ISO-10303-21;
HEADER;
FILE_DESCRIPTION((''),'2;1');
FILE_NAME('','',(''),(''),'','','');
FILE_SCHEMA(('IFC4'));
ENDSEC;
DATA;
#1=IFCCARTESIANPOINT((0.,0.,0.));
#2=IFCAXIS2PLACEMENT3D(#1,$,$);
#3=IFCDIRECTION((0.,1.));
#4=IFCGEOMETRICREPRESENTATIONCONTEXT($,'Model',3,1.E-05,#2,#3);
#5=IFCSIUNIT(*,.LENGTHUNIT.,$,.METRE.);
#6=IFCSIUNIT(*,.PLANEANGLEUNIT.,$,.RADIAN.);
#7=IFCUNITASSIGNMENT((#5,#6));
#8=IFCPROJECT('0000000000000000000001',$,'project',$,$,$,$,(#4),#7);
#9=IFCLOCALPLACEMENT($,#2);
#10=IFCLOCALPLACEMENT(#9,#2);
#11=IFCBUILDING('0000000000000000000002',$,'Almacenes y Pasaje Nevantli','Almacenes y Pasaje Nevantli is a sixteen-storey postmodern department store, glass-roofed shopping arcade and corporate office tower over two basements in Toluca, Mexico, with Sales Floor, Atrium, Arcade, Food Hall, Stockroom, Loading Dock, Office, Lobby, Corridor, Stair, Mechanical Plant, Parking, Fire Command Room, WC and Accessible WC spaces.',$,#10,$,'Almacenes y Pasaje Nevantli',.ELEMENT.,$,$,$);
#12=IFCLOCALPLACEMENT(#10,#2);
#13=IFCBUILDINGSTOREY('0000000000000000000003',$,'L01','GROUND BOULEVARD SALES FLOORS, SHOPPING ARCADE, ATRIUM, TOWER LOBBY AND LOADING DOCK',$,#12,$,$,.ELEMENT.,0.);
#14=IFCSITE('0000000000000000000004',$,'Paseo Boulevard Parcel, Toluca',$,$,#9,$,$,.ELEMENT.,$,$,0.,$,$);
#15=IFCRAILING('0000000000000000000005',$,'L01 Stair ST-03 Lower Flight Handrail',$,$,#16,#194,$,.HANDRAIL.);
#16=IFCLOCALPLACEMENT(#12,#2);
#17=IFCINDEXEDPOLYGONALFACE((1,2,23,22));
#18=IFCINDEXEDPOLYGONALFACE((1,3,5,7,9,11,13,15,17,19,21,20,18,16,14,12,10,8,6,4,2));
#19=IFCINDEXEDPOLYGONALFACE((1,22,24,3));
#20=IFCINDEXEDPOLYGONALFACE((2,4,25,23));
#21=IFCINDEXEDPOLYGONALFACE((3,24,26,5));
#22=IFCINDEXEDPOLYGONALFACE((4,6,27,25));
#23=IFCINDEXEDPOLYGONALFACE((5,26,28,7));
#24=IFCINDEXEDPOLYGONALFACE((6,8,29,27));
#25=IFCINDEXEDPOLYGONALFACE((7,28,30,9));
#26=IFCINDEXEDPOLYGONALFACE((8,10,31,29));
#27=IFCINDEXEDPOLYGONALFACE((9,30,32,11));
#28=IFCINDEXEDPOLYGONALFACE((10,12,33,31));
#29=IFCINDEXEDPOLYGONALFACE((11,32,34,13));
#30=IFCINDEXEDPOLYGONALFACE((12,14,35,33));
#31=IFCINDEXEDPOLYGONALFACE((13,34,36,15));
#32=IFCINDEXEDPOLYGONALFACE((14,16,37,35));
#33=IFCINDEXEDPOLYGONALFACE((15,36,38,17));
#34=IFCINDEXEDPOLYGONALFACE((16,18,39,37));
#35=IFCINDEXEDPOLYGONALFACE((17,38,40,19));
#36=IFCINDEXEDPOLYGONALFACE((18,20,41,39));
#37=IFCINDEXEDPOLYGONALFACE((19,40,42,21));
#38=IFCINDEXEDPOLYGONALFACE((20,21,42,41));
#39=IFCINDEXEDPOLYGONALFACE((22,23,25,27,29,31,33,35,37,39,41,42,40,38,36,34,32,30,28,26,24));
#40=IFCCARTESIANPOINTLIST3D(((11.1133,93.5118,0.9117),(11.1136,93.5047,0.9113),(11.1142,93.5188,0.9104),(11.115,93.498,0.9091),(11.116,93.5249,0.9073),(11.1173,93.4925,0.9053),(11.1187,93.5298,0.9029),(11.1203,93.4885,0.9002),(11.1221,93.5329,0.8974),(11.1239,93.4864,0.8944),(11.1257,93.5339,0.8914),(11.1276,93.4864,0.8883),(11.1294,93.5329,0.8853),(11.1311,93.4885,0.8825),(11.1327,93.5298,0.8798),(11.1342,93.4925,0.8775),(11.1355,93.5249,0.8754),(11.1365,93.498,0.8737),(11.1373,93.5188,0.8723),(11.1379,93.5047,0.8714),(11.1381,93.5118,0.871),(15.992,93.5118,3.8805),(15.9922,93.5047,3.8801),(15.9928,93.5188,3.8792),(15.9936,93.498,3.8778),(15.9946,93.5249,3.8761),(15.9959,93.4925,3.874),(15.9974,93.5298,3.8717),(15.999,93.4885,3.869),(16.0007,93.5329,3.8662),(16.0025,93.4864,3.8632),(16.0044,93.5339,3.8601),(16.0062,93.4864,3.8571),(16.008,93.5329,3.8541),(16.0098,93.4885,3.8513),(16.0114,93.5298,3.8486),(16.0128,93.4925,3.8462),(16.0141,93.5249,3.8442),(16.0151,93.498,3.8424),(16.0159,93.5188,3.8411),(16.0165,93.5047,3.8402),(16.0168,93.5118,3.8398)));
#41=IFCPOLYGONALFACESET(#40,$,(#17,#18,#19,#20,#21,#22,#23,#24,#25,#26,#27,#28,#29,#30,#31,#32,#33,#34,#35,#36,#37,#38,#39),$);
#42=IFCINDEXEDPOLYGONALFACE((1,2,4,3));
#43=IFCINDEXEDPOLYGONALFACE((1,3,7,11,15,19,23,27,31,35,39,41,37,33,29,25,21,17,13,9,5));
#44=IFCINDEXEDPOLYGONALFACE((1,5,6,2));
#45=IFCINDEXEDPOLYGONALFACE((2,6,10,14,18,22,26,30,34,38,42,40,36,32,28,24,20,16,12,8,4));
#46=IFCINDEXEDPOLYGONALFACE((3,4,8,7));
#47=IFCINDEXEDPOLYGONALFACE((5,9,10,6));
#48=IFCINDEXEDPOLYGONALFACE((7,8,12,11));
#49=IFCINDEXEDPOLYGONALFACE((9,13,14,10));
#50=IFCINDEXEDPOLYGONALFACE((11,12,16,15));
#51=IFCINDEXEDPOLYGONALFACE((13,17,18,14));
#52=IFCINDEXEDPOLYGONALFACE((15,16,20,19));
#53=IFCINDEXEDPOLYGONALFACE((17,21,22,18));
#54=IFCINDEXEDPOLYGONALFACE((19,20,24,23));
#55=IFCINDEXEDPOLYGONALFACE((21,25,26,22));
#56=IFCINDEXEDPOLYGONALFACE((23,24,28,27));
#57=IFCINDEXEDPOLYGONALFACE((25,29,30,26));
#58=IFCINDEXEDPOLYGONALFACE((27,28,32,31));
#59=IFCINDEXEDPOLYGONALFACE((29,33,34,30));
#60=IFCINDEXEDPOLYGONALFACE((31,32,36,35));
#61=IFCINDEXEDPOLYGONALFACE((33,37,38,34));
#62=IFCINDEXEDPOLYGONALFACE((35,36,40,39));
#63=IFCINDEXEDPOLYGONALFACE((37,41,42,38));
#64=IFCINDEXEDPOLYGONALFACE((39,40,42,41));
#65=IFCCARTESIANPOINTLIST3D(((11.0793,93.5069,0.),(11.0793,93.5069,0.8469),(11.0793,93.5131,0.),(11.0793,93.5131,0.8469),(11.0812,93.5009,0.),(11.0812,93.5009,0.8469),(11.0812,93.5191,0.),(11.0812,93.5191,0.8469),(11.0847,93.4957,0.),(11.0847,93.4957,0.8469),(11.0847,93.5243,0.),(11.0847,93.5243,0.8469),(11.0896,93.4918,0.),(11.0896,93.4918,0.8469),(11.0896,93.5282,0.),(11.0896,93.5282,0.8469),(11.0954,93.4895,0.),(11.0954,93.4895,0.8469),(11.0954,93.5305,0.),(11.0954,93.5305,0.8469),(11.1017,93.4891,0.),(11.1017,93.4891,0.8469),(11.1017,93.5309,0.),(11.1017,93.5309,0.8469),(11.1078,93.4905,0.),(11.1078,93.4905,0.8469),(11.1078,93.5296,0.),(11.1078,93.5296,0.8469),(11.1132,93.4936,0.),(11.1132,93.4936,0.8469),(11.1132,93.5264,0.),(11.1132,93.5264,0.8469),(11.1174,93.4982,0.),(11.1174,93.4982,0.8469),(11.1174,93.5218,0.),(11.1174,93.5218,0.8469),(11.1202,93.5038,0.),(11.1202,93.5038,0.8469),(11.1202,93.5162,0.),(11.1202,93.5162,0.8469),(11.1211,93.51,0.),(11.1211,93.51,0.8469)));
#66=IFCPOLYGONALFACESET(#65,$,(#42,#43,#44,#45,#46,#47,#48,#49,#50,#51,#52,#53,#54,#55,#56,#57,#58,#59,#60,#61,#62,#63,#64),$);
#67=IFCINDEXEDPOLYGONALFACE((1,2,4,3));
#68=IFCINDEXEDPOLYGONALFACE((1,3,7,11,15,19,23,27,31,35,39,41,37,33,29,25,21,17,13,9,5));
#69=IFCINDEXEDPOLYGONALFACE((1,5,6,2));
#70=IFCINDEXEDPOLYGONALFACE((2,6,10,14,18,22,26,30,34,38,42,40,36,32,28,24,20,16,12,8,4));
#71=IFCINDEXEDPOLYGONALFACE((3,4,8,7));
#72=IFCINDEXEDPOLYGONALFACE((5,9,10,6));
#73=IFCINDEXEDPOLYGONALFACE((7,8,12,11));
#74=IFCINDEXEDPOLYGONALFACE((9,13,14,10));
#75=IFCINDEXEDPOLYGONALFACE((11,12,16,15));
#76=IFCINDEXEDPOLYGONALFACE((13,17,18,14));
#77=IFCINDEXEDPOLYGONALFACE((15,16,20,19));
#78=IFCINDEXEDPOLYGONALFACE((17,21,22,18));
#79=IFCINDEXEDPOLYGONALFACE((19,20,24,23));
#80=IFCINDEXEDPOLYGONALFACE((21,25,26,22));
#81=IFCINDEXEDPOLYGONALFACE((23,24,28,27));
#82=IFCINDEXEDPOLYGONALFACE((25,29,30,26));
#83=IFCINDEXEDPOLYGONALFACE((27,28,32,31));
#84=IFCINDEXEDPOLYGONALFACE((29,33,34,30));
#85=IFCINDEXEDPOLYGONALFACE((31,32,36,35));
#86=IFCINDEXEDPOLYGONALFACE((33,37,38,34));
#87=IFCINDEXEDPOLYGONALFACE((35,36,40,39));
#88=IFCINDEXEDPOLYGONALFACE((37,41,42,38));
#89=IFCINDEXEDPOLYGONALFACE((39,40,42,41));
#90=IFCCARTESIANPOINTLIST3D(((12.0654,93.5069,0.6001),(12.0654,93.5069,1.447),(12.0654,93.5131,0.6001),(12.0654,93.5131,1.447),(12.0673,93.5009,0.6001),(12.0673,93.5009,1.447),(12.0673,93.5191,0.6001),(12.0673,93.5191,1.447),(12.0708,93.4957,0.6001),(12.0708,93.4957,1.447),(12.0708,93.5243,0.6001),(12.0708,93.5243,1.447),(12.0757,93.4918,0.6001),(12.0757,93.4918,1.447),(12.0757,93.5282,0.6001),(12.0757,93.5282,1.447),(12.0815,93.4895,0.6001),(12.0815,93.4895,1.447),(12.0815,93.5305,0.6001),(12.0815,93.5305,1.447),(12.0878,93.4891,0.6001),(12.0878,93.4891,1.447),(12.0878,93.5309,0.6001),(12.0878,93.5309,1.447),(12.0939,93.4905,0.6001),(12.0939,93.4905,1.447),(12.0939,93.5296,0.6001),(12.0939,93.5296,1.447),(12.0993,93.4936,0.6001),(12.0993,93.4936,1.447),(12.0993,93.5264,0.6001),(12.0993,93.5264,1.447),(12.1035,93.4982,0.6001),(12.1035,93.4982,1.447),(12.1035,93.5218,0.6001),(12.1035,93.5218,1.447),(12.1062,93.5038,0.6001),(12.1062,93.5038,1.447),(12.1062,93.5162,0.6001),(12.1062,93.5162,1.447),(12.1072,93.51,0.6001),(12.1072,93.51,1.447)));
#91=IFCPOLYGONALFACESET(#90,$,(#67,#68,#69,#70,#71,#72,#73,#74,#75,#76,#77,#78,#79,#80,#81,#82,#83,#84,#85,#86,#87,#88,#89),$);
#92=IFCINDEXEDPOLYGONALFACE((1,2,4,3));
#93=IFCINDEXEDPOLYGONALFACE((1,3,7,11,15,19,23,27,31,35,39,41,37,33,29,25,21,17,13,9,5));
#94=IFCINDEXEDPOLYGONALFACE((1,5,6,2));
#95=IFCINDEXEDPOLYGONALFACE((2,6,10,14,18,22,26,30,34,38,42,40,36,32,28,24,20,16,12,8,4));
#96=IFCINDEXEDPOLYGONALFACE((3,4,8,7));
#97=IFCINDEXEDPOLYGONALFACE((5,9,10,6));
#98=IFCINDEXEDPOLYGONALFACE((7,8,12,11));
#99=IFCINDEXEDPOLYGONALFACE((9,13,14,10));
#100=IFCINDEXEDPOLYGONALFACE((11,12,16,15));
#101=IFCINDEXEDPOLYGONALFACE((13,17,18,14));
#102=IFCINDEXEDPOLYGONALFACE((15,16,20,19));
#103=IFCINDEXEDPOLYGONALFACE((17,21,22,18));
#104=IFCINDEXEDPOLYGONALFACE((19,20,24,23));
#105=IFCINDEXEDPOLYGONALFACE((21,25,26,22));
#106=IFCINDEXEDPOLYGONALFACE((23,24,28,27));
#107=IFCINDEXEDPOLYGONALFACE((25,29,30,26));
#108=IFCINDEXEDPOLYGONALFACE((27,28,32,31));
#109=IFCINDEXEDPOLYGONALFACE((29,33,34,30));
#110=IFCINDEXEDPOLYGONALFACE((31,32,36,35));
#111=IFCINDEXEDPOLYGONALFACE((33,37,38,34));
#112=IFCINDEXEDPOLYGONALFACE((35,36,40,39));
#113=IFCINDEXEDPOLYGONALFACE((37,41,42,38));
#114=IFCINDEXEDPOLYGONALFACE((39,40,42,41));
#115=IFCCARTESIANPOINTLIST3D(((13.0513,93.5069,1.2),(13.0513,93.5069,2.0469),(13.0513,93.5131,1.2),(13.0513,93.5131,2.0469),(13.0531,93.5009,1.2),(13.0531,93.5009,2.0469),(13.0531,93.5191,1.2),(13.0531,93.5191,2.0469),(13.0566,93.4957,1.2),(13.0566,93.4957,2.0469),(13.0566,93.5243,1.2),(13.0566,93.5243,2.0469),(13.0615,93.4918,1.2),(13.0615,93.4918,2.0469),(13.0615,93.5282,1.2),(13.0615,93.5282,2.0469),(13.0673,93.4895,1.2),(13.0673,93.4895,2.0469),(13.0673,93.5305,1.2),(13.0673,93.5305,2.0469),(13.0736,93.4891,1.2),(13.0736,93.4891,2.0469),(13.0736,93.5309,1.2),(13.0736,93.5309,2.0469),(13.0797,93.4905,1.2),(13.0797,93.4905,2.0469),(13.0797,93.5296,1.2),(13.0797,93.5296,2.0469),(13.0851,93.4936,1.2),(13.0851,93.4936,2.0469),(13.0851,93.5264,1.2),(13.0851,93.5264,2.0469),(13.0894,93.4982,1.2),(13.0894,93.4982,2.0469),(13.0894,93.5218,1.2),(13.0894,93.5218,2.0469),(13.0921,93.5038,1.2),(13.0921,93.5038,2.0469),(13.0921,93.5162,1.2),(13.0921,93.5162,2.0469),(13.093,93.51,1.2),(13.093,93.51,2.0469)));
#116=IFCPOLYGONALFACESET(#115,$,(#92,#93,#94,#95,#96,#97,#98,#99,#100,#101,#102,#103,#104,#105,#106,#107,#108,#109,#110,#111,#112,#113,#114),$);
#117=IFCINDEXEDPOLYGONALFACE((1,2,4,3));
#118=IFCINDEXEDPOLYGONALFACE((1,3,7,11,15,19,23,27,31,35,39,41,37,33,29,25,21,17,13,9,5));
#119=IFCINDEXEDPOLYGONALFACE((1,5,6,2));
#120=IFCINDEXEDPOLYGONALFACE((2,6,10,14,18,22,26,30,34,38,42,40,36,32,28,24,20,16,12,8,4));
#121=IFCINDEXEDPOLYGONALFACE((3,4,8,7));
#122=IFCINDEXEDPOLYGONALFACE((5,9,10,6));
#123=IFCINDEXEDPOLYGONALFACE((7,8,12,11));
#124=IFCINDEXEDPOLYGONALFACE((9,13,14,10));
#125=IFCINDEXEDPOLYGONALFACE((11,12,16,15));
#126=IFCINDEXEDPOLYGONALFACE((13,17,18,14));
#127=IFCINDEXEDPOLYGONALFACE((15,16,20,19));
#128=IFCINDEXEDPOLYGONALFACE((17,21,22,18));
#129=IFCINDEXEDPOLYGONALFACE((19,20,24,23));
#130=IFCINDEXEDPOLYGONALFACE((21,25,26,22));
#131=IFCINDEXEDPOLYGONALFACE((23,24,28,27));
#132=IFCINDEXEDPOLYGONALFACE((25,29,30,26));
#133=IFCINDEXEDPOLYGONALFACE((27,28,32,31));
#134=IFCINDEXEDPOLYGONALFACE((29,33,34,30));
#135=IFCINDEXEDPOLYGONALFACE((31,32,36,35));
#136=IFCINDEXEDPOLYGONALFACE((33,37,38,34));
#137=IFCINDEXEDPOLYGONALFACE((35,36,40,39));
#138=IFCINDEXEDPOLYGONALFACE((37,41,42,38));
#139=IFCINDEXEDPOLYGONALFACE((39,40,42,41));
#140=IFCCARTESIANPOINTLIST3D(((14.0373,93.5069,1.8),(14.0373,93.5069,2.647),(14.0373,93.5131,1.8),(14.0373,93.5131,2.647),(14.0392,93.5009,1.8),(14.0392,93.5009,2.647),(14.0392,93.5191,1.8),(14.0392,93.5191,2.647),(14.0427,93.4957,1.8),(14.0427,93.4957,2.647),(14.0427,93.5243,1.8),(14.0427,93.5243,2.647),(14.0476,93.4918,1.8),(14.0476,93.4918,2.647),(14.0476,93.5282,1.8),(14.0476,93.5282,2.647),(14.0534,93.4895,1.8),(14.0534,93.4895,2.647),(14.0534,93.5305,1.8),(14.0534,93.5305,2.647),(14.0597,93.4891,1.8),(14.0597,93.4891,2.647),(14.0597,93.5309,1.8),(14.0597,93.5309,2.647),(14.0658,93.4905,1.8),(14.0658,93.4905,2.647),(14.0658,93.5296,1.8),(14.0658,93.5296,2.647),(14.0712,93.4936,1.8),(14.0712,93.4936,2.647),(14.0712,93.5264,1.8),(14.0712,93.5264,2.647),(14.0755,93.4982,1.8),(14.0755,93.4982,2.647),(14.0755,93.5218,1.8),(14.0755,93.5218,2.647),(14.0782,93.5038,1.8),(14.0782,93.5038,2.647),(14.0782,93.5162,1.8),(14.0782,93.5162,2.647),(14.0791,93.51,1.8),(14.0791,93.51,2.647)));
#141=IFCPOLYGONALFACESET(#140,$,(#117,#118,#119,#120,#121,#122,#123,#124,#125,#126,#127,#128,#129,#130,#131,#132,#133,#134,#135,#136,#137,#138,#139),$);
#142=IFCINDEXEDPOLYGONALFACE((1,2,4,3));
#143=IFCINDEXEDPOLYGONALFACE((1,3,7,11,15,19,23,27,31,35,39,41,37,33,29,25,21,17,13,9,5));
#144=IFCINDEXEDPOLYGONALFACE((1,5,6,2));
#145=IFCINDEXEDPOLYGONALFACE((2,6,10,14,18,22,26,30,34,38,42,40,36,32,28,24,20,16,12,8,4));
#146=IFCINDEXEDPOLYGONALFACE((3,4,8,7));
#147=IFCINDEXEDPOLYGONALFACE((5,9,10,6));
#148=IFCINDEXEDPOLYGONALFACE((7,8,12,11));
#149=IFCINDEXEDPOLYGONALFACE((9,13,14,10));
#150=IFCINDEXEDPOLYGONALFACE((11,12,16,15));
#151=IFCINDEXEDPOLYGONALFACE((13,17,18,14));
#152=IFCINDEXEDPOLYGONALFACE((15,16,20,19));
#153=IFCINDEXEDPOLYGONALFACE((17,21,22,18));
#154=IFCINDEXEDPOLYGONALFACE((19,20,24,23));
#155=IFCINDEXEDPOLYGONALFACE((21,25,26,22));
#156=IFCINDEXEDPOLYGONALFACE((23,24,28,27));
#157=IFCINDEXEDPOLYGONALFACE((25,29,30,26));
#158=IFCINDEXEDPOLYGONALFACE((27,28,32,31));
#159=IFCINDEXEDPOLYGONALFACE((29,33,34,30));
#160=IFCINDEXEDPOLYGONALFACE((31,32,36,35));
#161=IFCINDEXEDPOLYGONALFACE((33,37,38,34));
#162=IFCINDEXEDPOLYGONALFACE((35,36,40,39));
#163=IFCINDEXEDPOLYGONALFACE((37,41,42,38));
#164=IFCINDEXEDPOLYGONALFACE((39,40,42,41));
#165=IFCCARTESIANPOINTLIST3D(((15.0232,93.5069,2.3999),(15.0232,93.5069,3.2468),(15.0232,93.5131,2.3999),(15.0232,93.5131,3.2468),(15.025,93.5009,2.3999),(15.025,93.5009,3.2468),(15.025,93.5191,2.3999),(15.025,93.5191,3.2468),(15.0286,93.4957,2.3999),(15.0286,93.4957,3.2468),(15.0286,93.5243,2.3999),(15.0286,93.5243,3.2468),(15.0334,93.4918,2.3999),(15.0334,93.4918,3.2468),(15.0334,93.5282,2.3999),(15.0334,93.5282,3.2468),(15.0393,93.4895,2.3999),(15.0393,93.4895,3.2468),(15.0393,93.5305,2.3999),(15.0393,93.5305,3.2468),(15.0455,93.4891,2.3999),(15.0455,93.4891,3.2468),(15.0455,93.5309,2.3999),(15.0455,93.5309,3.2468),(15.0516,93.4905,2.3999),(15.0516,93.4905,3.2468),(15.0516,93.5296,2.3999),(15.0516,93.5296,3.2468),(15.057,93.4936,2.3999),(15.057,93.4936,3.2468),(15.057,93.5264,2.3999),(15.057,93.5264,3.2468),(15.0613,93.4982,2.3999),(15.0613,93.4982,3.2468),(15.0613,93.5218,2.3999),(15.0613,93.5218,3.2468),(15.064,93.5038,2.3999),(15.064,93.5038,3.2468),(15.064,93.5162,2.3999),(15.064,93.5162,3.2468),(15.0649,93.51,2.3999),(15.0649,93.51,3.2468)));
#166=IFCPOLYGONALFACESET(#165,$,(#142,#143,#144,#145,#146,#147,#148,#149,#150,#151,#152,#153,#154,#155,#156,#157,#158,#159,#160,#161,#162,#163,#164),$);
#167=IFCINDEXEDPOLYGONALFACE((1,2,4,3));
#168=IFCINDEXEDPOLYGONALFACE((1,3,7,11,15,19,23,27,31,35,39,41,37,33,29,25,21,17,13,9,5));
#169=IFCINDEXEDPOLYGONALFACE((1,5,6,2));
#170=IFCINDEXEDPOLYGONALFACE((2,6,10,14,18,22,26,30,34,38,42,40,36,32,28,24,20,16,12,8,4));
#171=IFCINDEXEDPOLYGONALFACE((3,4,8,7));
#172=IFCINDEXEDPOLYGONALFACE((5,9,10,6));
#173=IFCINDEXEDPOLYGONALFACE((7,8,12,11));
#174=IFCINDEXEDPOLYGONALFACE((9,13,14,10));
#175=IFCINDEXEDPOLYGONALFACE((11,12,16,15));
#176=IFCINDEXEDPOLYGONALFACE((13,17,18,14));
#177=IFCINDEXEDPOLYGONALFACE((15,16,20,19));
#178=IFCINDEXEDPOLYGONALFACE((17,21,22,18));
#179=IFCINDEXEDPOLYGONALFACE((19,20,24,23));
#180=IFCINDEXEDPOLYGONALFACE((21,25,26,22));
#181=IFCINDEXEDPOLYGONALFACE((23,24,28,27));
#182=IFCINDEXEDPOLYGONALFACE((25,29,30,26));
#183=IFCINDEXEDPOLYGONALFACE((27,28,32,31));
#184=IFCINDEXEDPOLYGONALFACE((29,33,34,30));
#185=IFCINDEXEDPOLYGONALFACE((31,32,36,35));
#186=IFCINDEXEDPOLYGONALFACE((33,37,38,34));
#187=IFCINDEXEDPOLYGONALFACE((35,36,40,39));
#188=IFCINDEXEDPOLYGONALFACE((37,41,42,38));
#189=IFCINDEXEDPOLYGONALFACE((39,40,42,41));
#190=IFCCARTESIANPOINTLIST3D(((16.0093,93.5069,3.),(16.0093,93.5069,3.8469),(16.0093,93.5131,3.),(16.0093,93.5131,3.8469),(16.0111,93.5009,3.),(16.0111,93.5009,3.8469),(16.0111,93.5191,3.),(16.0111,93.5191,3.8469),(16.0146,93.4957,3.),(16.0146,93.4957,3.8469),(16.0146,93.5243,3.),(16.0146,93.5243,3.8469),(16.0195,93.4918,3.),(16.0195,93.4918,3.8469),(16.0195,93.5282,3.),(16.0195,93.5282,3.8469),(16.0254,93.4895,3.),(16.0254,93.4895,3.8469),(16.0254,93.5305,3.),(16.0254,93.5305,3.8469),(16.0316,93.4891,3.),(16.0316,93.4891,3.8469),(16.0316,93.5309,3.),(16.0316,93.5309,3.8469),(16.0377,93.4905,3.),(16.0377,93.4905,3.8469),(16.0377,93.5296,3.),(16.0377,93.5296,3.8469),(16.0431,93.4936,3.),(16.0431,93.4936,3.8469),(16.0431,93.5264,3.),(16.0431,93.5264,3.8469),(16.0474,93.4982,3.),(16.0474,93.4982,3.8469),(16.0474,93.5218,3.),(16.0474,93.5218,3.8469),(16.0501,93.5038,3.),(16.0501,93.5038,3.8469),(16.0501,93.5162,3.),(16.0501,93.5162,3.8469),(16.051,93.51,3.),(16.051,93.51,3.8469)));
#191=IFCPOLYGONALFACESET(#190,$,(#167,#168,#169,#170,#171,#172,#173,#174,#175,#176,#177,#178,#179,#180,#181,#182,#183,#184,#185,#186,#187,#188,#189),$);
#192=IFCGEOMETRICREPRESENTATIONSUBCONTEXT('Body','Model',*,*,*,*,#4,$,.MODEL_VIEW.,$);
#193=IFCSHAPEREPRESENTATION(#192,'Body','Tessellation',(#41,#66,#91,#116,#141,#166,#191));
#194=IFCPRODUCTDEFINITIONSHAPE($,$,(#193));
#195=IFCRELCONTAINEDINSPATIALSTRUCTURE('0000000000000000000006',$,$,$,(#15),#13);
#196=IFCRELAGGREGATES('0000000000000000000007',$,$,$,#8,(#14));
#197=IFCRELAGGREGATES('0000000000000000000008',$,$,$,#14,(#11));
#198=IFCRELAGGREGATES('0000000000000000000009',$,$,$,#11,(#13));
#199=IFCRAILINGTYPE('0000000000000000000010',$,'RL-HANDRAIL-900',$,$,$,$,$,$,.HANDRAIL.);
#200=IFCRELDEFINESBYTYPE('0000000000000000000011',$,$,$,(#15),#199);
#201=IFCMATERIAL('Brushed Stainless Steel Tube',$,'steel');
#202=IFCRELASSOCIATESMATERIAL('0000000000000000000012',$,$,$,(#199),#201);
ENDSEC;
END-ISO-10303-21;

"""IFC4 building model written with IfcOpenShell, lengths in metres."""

from ifc_helpers import new_model, si_unit, direction, frame, origin, origin_2d, place, context, subcontext, project, spatial, circle, extrude, material, type_object, element, save


model = new_model("IFC4")

# Units and contexts
model_context = context("Model", 3, precision=1e-05, world=origin(), true_north=direction((0.0, 1.0)))
body_context = subcontext(model_context, "Body", "Model", "MODEL_VIEW")
ifc_project = project(units=[si_unit("LENGTHUNIT", "METRE"), si_unit("PLANEANGLEUNIT", "RADIAN")], contexts=[model_context])

# Site, building, storey
site_placement = place(None, origin())
site = spatial("IfcSite", under=ifc_project, at=site_placement, Name="Paseo Boulevard Parcel, Toluca", CompositionType="ELEMENT", RefElevation=0.0)
building_placement = place(site_placement, origin())
building = spatial("IfcBuilding", under=site, at=building_placement, Name="Almacenes y Pasaje Nevantli", Description="Almacenes y Pasaje Nevantli is a sixteen-storey postmodern department store, glass-roofed shopping arcade and corporate office tower over two basements in Toluca, Mexico, with Sales Floor, Atrium, Arcade, Food Hall, Stockroom, Loading Dock, Office, Lobby, Corridor, Stair, Mechanical Plant, Parking, Fire Command Room, WC and Accessible WC spaces.", LongName="Almacenes y Pasaje Nevantli", CompositionType="ELEMENT")
storey_placement = place(building_placement, origin())
storey = spatial("IfcBuildingStorey", under=building, at=storey_placement, Name="L01", Description="GROUND BOULEVARD SALES FLOORS, SHOPPING ARCADE, ATRIUM, TOWER LOBBY AND LOADING DOCK", CompositionType="ELEMENT", Elevation=0.0)

# Railing
ifc_material_1 = material(Name="Brushed Stainless Steel Tube", Category="steel")
railing_type_1 = type_object("IfcRailingType", Name="RL-HANDRAIL-900", PredefinedType="HANDRAIL", material=ifc_material_1)
railing_1_placement = place(storey_placement, frame((11.1001, 93.51, 0.0)))
element("IfcRailing", 1, at=railing_1_placement, inside=storey, type_object=railing_type_1, Name="L01 Stair ST-03 Lower Flight Handrail", PredefinedType="HANDRAIL", context=body_context, shape_type="SweptSolid", body=[
    extrude(circle(Radius=0.0239, at=origin_2d()), frame((0.0256, 0.0, 0.8914), z_axis=(0.854262, 0.0, 0.519842), x_axis=(0.0, 1.0, 0.0)), (0.0, 0.0, 1.0), 5.7109),
    extrude(circle(Radius=0.021, at=origin_2d()), origin(), (0.0, 0.0, 1.0), 0.8469),
    extrude(circle(Radius=0.021, at=origin_2d()), frame((0.9861, 0.0, 0.6001)), (0.0, 0.0, 1.0), 0.8469),
    extrude(circle(Radius=0.021, at=origin_2d()), frame((1.9719, 0.0, 1.2)), (0.0, 0.0, 1.0), 0.8469),
    extrude(circle(Radius=0.021, at=origin_2d()), frame((2.958, 0.0, 1.8)), (0.0, 0.0, 1.0), 0.8469),
    extrude(circle(Radius=0.021, at=origin_2d()), frame((3.9438, 0.0, 2.3999)), (0.0, 0.0, 1.0), 0.8469),
    extrude(circle(Radius=0.021, at=origin_2d()), frame((4.9299, 0.0, 3.0)), (0.0, 0.0, 1.0), 0.8469),
])

save(model, "model.ifc")
